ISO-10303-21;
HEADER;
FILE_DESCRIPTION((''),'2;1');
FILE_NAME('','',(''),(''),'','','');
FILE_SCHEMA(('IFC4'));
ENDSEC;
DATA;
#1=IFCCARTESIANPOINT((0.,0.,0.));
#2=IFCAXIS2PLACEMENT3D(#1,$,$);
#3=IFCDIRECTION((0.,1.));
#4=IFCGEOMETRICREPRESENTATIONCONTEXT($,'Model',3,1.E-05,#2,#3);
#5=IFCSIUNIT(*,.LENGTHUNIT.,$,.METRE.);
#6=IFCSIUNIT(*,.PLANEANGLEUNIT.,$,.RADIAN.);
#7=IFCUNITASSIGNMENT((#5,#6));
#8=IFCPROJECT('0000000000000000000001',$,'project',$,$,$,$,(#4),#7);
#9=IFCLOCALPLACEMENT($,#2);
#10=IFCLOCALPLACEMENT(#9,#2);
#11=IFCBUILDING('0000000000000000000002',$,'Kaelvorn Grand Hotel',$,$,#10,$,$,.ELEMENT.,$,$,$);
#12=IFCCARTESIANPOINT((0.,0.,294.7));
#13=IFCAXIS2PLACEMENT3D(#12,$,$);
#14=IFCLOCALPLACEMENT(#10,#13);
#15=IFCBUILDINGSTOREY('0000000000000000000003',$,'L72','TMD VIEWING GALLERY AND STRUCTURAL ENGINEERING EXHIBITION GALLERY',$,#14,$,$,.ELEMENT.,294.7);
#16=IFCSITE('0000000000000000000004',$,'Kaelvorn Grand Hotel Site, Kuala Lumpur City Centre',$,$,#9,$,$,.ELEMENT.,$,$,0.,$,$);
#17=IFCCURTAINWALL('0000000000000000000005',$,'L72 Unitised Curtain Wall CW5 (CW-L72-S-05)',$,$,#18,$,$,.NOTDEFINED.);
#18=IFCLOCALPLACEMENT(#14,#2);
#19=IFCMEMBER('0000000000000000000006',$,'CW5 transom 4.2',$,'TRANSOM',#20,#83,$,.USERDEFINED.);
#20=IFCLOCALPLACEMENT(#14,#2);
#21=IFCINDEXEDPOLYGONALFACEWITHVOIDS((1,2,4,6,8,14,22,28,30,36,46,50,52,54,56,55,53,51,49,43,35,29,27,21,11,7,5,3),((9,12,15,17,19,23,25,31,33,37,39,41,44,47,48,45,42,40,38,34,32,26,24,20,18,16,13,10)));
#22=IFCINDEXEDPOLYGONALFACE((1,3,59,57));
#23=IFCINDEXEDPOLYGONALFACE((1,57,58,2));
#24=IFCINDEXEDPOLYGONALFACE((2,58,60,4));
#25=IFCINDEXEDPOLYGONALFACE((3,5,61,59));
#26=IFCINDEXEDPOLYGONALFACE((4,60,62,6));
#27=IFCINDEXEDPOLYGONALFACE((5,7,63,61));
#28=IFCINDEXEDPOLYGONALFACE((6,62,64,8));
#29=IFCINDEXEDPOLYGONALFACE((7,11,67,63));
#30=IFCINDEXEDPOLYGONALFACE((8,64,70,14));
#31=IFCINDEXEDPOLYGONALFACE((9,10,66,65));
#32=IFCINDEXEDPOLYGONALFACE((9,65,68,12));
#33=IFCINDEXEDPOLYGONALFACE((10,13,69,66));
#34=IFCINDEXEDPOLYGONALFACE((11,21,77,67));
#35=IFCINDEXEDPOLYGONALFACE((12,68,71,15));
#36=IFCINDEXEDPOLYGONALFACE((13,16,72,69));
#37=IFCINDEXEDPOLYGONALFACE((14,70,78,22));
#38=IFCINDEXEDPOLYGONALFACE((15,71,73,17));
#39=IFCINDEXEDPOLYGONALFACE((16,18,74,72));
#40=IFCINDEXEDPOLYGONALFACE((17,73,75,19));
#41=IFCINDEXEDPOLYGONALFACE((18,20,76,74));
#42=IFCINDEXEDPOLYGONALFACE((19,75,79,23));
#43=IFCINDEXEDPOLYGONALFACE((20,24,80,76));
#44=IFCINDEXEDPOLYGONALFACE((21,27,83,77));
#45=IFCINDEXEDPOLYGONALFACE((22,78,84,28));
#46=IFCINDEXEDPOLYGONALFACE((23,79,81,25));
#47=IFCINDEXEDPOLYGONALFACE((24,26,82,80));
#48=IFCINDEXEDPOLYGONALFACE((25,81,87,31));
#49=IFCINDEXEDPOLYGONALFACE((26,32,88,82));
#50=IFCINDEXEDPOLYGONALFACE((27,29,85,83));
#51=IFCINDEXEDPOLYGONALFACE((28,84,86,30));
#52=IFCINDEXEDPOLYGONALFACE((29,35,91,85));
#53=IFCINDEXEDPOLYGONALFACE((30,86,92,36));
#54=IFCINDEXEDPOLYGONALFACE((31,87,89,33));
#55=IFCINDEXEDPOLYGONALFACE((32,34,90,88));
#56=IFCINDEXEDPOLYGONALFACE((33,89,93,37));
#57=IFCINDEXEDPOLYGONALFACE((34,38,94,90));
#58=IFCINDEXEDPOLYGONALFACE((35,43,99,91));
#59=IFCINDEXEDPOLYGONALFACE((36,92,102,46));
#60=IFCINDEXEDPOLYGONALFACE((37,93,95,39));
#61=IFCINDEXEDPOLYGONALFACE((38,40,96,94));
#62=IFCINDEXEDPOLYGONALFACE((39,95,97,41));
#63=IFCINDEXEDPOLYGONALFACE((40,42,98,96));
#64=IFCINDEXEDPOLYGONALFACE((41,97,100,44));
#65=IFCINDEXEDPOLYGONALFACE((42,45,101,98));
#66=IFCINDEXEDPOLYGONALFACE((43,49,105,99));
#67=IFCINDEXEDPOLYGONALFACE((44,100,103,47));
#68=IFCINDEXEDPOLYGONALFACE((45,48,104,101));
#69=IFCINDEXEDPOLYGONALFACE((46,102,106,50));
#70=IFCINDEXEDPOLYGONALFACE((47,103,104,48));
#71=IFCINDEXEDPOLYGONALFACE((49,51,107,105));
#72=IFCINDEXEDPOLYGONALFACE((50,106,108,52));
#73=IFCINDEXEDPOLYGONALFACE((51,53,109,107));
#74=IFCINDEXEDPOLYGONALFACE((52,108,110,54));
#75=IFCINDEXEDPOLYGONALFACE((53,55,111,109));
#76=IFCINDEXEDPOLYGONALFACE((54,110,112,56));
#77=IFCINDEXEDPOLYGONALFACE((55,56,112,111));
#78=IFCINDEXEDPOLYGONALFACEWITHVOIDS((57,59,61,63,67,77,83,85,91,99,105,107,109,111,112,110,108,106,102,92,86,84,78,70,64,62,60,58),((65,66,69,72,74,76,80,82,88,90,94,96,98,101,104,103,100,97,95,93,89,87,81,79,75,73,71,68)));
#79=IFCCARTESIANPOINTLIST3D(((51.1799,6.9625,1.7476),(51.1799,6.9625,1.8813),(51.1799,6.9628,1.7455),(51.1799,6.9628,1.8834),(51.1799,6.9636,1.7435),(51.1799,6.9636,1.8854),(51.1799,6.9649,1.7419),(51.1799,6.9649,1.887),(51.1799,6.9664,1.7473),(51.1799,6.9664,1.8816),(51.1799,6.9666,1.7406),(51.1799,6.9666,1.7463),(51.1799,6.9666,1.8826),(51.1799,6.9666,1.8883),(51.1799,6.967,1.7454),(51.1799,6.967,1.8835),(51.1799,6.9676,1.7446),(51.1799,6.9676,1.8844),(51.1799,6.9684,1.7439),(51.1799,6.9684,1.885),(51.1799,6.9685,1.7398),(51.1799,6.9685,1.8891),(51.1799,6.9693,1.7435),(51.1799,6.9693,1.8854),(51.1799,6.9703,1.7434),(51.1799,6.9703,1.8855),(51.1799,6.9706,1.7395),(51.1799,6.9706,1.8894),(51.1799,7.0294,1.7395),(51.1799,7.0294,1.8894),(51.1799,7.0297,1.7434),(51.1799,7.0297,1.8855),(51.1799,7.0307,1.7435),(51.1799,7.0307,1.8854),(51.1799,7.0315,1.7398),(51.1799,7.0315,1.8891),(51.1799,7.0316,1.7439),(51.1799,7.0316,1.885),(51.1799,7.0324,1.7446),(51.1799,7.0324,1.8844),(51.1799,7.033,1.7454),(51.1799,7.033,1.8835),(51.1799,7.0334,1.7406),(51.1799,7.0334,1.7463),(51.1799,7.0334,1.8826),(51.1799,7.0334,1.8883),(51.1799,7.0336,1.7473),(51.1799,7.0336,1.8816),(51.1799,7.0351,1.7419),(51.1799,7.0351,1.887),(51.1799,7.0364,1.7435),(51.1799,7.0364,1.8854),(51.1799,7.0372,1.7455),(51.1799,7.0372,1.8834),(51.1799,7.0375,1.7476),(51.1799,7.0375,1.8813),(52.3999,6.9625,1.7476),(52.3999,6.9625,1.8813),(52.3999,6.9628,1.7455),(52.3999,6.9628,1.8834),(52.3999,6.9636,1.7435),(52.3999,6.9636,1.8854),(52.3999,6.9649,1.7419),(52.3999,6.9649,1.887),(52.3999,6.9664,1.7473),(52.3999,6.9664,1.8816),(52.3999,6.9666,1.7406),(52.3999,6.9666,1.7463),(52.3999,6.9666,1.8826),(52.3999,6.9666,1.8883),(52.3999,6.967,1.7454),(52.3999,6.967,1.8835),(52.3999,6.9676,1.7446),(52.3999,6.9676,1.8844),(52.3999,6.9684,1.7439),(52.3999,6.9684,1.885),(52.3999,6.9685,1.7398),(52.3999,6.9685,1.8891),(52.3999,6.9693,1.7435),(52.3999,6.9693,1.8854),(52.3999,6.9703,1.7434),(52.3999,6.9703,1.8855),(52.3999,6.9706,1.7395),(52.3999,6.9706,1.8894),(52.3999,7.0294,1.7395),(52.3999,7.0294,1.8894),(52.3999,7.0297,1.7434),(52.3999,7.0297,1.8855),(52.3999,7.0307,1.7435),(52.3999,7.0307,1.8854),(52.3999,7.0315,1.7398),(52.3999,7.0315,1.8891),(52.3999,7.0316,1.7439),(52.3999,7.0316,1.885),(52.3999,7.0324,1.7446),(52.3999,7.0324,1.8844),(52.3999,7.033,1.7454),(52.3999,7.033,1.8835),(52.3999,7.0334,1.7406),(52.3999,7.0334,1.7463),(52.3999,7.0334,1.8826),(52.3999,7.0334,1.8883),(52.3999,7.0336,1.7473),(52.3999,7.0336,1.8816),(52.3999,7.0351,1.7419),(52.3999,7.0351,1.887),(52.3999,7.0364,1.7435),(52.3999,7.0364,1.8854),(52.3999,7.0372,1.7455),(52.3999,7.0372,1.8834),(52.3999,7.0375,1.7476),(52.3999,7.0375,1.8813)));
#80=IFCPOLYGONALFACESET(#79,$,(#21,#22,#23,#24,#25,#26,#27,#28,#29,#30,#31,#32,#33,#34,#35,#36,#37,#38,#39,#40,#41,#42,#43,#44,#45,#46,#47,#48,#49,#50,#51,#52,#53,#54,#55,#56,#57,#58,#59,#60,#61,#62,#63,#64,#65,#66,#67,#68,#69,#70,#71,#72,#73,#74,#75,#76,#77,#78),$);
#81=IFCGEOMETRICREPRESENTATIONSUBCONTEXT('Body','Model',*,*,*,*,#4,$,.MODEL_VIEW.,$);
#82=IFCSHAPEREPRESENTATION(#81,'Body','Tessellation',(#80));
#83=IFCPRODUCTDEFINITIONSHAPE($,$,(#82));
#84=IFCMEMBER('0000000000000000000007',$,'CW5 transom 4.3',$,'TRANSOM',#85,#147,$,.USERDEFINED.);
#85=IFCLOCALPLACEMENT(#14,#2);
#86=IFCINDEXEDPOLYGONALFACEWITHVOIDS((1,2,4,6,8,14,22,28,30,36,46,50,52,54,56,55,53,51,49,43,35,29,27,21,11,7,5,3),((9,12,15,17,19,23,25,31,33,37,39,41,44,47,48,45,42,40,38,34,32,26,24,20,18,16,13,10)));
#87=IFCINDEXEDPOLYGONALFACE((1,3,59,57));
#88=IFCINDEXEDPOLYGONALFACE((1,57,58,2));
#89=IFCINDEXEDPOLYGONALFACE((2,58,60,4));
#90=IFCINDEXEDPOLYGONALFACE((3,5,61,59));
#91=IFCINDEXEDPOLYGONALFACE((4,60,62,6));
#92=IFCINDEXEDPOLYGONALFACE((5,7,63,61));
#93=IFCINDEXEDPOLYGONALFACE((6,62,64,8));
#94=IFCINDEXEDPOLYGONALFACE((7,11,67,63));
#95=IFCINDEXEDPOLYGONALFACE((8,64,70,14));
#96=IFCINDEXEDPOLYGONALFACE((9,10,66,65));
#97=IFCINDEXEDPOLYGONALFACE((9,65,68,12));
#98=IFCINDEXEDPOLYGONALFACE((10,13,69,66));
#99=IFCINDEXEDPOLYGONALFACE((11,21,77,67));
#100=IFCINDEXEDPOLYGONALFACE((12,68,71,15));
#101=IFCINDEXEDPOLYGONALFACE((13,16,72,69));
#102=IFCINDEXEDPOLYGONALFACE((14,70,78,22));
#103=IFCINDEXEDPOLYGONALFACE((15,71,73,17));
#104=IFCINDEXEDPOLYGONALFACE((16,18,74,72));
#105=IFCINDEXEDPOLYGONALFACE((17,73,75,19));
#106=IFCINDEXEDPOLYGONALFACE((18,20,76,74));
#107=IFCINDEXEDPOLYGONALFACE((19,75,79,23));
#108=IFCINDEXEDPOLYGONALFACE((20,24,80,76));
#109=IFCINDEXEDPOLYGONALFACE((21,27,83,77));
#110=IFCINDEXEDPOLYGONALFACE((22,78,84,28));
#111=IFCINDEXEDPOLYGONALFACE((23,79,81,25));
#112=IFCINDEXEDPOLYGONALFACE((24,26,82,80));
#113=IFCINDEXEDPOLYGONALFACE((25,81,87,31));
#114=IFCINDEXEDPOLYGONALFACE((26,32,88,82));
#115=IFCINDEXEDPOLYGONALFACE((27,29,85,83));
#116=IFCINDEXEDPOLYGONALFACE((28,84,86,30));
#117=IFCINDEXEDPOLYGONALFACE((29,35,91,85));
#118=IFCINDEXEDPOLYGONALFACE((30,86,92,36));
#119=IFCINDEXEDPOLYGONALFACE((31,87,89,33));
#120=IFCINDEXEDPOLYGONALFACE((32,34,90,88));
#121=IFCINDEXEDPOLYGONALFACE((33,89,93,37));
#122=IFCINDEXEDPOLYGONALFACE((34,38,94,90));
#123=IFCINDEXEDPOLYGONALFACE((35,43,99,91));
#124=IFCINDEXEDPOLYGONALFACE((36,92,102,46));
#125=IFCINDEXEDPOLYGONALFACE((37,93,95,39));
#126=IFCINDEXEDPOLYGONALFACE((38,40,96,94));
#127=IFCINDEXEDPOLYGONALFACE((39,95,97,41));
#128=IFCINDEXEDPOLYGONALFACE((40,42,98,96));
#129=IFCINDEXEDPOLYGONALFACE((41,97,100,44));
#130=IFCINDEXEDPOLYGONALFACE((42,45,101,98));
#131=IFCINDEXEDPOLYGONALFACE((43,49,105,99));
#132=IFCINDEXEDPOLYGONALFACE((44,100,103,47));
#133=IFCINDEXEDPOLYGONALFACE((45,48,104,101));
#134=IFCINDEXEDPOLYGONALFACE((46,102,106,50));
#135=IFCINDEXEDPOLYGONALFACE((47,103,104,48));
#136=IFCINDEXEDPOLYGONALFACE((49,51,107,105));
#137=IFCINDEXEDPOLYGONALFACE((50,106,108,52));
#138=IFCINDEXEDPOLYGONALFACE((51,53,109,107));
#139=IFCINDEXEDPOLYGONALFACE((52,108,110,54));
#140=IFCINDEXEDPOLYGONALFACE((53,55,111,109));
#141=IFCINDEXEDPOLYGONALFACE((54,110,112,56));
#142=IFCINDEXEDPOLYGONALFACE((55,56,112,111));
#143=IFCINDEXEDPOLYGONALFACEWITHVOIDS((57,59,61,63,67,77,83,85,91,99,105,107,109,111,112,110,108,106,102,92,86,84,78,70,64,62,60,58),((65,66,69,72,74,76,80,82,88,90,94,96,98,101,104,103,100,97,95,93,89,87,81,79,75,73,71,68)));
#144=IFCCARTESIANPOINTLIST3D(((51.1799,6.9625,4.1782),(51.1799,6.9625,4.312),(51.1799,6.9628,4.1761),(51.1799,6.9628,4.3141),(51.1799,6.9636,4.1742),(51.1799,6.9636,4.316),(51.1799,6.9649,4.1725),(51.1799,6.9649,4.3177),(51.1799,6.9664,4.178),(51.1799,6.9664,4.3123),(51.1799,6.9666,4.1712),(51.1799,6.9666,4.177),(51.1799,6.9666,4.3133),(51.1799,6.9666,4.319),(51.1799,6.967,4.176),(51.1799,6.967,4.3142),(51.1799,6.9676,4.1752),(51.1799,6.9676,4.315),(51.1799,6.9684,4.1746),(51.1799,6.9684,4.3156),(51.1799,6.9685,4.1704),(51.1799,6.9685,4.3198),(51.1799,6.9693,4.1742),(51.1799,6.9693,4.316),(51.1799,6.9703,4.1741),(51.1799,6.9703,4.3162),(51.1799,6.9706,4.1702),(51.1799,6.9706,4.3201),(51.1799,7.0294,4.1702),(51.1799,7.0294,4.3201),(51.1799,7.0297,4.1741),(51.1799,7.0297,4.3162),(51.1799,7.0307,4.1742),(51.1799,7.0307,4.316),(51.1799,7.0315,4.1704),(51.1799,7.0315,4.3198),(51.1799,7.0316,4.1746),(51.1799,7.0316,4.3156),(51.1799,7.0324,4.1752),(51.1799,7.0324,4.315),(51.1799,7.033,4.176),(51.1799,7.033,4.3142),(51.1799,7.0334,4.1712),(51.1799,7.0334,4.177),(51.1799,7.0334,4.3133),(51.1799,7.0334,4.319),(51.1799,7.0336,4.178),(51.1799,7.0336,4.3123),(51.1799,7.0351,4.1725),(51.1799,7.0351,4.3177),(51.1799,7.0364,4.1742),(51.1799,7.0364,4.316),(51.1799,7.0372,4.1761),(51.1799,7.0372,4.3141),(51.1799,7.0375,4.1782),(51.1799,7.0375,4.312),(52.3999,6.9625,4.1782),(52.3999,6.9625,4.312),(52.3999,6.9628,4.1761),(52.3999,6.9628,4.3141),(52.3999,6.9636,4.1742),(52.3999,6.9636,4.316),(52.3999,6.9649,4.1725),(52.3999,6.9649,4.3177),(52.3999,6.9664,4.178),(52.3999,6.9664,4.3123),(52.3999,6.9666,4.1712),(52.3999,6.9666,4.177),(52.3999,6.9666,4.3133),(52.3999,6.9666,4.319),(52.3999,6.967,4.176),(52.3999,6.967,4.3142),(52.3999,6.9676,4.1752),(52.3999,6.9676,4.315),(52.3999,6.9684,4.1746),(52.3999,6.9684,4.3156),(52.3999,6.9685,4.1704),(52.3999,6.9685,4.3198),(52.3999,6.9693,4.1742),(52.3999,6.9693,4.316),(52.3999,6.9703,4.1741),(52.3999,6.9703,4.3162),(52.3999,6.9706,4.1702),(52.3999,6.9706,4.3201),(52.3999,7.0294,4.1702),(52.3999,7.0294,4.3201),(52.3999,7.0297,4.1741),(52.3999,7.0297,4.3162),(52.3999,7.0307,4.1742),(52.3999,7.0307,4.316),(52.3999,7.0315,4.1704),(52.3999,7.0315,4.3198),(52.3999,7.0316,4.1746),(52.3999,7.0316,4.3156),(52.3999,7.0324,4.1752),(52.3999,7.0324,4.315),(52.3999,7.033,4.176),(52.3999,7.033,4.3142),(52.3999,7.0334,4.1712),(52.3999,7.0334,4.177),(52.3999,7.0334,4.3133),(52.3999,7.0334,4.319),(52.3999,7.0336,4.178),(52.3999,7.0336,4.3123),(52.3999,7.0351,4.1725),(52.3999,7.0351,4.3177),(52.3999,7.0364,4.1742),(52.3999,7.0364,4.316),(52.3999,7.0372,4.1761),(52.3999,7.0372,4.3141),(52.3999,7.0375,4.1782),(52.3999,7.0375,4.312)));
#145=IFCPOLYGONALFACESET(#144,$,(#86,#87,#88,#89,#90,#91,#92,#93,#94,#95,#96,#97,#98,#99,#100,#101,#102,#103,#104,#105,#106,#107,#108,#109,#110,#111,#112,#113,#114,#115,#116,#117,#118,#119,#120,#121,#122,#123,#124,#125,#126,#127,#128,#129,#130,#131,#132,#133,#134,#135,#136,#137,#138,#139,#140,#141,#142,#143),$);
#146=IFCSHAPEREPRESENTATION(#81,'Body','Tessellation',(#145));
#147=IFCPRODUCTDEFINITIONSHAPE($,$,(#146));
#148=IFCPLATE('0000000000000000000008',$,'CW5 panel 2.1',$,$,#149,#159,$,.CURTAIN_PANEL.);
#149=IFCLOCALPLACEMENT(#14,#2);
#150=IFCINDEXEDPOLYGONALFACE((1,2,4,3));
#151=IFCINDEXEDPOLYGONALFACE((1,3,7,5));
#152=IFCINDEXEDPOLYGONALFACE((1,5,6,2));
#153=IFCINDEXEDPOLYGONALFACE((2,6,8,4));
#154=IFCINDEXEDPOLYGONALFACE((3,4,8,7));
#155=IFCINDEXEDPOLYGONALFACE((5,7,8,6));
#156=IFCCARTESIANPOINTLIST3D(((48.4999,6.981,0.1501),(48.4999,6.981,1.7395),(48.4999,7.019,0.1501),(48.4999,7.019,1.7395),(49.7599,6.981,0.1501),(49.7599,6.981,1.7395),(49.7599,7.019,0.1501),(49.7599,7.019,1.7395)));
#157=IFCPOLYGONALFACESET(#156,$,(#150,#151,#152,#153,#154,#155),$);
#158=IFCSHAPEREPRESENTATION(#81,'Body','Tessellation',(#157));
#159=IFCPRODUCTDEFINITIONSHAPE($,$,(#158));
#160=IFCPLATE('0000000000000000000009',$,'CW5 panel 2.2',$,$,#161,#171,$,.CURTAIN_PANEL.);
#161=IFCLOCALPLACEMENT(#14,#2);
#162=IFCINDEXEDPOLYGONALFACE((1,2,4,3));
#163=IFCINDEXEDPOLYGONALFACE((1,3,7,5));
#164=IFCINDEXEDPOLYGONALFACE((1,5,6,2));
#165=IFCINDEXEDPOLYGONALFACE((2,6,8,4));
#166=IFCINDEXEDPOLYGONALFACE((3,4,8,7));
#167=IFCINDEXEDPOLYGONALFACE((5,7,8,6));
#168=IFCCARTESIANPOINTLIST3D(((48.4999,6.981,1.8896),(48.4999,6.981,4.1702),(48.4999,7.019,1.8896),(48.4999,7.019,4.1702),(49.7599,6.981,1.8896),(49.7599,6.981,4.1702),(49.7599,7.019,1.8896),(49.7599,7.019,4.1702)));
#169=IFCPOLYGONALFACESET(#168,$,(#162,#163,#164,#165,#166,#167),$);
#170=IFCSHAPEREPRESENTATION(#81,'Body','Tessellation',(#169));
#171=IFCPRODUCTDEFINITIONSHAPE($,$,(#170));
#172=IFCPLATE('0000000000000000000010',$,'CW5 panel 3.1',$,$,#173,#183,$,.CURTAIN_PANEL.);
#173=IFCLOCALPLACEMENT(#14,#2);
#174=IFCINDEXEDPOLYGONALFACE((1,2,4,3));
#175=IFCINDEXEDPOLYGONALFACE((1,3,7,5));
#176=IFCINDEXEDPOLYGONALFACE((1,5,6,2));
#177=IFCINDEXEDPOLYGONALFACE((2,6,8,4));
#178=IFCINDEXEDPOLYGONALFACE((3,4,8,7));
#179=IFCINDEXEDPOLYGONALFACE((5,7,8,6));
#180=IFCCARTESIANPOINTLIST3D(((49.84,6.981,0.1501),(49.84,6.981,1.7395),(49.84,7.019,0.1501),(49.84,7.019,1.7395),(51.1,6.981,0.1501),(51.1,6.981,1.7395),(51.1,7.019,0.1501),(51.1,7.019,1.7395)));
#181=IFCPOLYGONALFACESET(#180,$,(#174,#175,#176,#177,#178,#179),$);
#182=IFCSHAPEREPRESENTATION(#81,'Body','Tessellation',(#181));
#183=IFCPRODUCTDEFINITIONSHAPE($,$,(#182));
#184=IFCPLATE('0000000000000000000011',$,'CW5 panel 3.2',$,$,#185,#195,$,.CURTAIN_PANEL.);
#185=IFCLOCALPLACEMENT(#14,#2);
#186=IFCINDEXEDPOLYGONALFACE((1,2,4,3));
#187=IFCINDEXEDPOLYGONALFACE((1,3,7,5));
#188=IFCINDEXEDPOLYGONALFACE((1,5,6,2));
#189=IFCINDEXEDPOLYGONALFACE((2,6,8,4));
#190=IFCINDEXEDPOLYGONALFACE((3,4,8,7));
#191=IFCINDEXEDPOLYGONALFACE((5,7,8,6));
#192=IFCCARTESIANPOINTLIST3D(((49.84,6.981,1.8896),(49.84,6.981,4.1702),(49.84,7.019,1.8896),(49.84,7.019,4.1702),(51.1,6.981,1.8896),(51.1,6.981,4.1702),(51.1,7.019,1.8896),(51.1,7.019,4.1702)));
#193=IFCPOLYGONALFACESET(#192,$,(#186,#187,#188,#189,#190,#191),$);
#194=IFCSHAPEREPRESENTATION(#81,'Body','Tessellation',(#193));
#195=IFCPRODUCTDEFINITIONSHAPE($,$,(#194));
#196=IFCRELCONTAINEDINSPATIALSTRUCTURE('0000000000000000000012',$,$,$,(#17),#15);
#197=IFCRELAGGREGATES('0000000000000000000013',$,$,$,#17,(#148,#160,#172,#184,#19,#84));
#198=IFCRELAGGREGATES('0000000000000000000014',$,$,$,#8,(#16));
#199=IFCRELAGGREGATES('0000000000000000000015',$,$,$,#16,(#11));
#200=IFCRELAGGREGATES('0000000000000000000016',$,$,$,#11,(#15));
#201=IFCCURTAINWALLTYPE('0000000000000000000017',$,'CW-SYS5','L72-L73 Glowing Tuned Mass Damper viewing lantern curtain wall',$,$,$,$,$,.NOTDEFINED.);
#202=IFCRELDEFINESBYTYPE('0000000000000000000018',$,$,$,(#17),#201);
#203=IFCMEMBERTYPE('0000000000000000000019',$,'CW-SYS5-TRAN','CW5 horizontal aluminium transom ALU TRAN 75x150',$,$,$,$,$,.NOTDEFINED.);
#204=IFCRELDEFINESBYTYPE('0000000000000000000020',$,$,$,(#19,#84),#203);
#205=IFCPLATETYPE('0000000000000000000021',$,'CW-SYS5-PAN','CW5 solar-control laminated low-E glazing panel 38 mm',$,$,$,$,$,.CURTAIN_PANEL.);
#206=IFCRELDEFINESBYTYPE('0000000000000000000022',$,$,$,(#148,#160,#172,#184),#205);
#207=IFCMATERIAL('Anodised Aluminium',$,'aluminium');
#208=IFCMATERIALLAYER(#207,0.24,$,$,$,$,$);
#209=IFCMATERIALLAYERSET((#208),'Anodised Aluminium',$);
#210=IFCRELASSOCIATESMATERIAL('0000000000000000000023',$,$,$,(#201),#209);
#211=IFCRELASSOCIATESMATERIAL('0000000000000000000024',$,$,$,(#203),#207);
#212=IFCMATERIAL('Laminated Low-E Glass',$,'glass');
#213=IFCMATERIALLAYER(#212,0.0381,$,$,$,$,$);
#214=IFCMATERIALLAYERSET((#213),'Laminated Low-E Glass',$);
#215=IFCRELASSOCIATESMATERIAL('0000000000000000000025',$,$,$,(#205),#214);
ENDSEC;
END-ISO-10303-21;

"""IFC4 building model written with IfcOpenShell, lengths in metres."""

from ifc_helpers import new_model, si_unit, direction, frame, origin, origin_2d, place, context, subcontext, project, spatial, rectangle, hollow_rectangle, extrude, material, layer, layer_set, material_profile, profile_set, type_object, element, aggregate, save


model = new_model("IFC4")

# Units and contexts
model_context = context("Model", 3, precision=1e-05, world=origin(), true_north=direction((0.0, 1.0)))
body_context = subcontext(model_context, "Body", "Model", "MODEL_VIEW")
ifc_project = project(units=[si_unit("LENGTHUNIT", "METRE"), si_unit("PLANEANGLEUNIT", "RADIAN")], contexts=[model_context])

# Site, building, storey
site_placement = place(None, origin())
site = spatial("IfcSite", under=ifc_project, at=site_placement, Name="Kaelvorn Grand Hotel Site, Kuala Lumpur City Centre", CompositionType="ELEMENT", RefElevation=0.0)
building_placement = place(site_placement, origin())
building = spatial("IfcBuilding", under=site, at=building_placement, Name="Kaelvorn Grand Hotel", CompositionType="ELEMENT")
storey_placement = place(building_placement, frame((0.0, 0.0, 294.7)))
storey = spatial("IfcBuildingStorey", under=building, at=storey_placement, Name="L72", Description="TMD VIEWING GALLERY AND STRUCTURAL ENGINEERING EXHIBITION GALLERY", CompositionType="ELEMENT", Elevation=294.7)

# Curtain wall, members, plates
ifc_material_1 = material(Name="Anodised Aluminium", Category="aluminium")
ifc_layer_1 = layer(ifc_material_1, 0.24)
ifc_layer_set_1 = layer_set([ifc_layer_1], Name="Anodised Aluminium")
curtain_wall_type = type_object("IfcCurtainWallType", Name="CW-SYS5", Description="L72-L73 Glowing Tuned Mass Damper viewing lantern curtain wall", PredefinedType="NOTDEFINED", material=ifc_layer_set_1)
curtain_wall_placement = place(storey_placement, origin())
curtain_wall = element("IfcCurtainWall", 1, at=curtain_wall_placement, inside=storey, type_object=curtain_wall_type, Name="L72 Unitised Curtain Wall CW5 (CW-L72-S-05)", PredefinedType="NOTDEFINED")
ifc_material_profile_1 = material_profile(ifc_material_1, hollow_rectangle(XDim=0.075, YDim=0.1499, WallThickness=0.0039, InnerFilletRadius=0.0039, OuterFilletRadius=0.0081, at=origin_2d()), Name="ALU TRAN 75x150")
ifc_profile_set_1 = profile_set([ifc_material_profile_1], Name="Anodised Aluminium")
member_type_1 = type_object("IfcMemberType", Name="CW-SYS5-TRAN", Description="CW5 horizontal aluminium transom ALU TRAN 75x150", PredefinedType="NOTDEFINED", material=ifc_profile_set_1)
member_1_placement = place(storey_placement, frame((51.1799, 7.0, 1.8145), z_axis=(1.0, 0.0, 0.0), x_axis=(0.0, 1.0, 0.0)))
member_1 = element("IfcMember", 2, at=member_1_placement, type_object=member_type_1, Name="CW5 transom 4.2", ObjectType="TRANSOM", PredefinedType="USERDEFINED", context=body_context, shape_type="SweptSolid", body=[
    extrude(hollow_rectangle(XDim=0.075, YDim=0.1499, WallThickness=0.0039, InnerFilletRadius=0.0039, OuterFilletRadius=0.0081, at=origin_2d()), origin(), (0.0, 0.0, 1.0), 1.22),
])
member_2_placement = place(storey_placement, frame((51.1799, 7.0, 4.2451), z_axis=(1.0, 0.0, 0.0), x_axis=(0.0, 1.0, 0.0)))
member_2 = element("IfcMember", 3, at=member_2_placement, type_object=member_type_1, Name="CW5 transom 4.3", ObjectType="TRANSOM", PredefinedType="USERDEFINED", context=body_context, shape_type="SweptSolid", body=[
    extrude(hollow_rectangle(XDim=0.075, YDim=0.1499, WallThickness=0.0039, InnerFilletRadius=0.0039, OuterFilletRadius=0.0081, at=origin_2d()), origin(), (0.0, 0.0, 1.0), 1.22),
])
ifc_material_2 = material(Name="Laminated Low-E Glass", Category="glass")
ifc_layer_2 = layer(ifc_material_2, 0.0381)
ifc_layer_set_2 = layer_set([ifc_layer_2], Name="Laminated Low-E Glass")
plate_type = type_object("IfcPlateType", Name="CW-SYS5-PAN", Description="CW5 solar-control laminated low-E glazing panel 38 mm", PredefinedType="CURTAIN_PANEL", material=ifc_layer_set_2)
plate_1_placement = place(storey_placement, frame((49.1299, 7.0, 0.1501), z_axis=(0.0, 0.0, 1.0), x_axis=(1.0, 0.0, 0.0)))
plate_1 = element("IfcPlate", 4, at=plate_1_placement, type_object=plate_type, Name="CW5 panel 2.1", PredefinedType="CURTAIN_PANEL", context=body_context, shape_type="SweptSolid", body=[
    extrude(rectangle(XDim=1.26, YDim=0.0381, at=origin_2d()), origin(), (0.0, 0.0, 1.0), 1.5894),
])
plate_2_placement = place(storey_placement, frame((49.1299, 7.0, 1.8896), z_axis=(0.0, 0.0, 1.0), x_axis=(1.0, 0.0, 0.0)))
plate_2 = element("IfcPlate", 5, at=plate_2_placement, type_object=plate_type, Name="CW5 panel 2.2", PredefinedType="CURTAIN_PANEL", context=body_context, shape_type="SweptSolid", body=[
    extrude(rectangle(XDim=1.26, YDim=0.0381, at=origin_2d()), origin(), (0.0, 0.0, 1.0), 2.2805),
])
plate_3_placement = place(storey_placement, frame((50.47, 7.0, 0.1501), z_axis=(0.0, 0.0, 1.0), x_axis=(1.0, 0.0, 0.0)))
plate_3 = element("IfcPlate", 6, at=plate_3_placement, type_object=plate_type, Name="CW5 panel 3.1", PredefinedType="CURTAIN_PANEL", context=body_context, shape_type="SweptSolid", body=[
    extrude(rectangle(XDim=1.26, YDim=0.0381, at=origin_2d()), origin(), (0.0, 0.0, 1.0), 1.5894),
])
plate_4_placement = place(storey_placement, frame((50.47, 7.0, 1.8896), z_axis=(0.0, 0.0, 1.0), x_axis=(1.0, 0.0, 0.0)))
plate_4 = element("IfcPlate", 7, at=plate_4_placement, type_object=plate_type, Name="CW5 panel 3.2", PredefinedType="CURTAIN_PANEL", context=body_context, shape_type="SweptSolid", body=[
    extrude(rectangle(XDim=1.26, YDim=0.0381, at=origin_2d()), origin(), (0.0, 0.0, 1.0), 2.2805),
])
aggregate(curtain_wall, [plate_1, plate_2, plate_3, plate_4, member_1, member_2])

save(model, "model.ifc")
